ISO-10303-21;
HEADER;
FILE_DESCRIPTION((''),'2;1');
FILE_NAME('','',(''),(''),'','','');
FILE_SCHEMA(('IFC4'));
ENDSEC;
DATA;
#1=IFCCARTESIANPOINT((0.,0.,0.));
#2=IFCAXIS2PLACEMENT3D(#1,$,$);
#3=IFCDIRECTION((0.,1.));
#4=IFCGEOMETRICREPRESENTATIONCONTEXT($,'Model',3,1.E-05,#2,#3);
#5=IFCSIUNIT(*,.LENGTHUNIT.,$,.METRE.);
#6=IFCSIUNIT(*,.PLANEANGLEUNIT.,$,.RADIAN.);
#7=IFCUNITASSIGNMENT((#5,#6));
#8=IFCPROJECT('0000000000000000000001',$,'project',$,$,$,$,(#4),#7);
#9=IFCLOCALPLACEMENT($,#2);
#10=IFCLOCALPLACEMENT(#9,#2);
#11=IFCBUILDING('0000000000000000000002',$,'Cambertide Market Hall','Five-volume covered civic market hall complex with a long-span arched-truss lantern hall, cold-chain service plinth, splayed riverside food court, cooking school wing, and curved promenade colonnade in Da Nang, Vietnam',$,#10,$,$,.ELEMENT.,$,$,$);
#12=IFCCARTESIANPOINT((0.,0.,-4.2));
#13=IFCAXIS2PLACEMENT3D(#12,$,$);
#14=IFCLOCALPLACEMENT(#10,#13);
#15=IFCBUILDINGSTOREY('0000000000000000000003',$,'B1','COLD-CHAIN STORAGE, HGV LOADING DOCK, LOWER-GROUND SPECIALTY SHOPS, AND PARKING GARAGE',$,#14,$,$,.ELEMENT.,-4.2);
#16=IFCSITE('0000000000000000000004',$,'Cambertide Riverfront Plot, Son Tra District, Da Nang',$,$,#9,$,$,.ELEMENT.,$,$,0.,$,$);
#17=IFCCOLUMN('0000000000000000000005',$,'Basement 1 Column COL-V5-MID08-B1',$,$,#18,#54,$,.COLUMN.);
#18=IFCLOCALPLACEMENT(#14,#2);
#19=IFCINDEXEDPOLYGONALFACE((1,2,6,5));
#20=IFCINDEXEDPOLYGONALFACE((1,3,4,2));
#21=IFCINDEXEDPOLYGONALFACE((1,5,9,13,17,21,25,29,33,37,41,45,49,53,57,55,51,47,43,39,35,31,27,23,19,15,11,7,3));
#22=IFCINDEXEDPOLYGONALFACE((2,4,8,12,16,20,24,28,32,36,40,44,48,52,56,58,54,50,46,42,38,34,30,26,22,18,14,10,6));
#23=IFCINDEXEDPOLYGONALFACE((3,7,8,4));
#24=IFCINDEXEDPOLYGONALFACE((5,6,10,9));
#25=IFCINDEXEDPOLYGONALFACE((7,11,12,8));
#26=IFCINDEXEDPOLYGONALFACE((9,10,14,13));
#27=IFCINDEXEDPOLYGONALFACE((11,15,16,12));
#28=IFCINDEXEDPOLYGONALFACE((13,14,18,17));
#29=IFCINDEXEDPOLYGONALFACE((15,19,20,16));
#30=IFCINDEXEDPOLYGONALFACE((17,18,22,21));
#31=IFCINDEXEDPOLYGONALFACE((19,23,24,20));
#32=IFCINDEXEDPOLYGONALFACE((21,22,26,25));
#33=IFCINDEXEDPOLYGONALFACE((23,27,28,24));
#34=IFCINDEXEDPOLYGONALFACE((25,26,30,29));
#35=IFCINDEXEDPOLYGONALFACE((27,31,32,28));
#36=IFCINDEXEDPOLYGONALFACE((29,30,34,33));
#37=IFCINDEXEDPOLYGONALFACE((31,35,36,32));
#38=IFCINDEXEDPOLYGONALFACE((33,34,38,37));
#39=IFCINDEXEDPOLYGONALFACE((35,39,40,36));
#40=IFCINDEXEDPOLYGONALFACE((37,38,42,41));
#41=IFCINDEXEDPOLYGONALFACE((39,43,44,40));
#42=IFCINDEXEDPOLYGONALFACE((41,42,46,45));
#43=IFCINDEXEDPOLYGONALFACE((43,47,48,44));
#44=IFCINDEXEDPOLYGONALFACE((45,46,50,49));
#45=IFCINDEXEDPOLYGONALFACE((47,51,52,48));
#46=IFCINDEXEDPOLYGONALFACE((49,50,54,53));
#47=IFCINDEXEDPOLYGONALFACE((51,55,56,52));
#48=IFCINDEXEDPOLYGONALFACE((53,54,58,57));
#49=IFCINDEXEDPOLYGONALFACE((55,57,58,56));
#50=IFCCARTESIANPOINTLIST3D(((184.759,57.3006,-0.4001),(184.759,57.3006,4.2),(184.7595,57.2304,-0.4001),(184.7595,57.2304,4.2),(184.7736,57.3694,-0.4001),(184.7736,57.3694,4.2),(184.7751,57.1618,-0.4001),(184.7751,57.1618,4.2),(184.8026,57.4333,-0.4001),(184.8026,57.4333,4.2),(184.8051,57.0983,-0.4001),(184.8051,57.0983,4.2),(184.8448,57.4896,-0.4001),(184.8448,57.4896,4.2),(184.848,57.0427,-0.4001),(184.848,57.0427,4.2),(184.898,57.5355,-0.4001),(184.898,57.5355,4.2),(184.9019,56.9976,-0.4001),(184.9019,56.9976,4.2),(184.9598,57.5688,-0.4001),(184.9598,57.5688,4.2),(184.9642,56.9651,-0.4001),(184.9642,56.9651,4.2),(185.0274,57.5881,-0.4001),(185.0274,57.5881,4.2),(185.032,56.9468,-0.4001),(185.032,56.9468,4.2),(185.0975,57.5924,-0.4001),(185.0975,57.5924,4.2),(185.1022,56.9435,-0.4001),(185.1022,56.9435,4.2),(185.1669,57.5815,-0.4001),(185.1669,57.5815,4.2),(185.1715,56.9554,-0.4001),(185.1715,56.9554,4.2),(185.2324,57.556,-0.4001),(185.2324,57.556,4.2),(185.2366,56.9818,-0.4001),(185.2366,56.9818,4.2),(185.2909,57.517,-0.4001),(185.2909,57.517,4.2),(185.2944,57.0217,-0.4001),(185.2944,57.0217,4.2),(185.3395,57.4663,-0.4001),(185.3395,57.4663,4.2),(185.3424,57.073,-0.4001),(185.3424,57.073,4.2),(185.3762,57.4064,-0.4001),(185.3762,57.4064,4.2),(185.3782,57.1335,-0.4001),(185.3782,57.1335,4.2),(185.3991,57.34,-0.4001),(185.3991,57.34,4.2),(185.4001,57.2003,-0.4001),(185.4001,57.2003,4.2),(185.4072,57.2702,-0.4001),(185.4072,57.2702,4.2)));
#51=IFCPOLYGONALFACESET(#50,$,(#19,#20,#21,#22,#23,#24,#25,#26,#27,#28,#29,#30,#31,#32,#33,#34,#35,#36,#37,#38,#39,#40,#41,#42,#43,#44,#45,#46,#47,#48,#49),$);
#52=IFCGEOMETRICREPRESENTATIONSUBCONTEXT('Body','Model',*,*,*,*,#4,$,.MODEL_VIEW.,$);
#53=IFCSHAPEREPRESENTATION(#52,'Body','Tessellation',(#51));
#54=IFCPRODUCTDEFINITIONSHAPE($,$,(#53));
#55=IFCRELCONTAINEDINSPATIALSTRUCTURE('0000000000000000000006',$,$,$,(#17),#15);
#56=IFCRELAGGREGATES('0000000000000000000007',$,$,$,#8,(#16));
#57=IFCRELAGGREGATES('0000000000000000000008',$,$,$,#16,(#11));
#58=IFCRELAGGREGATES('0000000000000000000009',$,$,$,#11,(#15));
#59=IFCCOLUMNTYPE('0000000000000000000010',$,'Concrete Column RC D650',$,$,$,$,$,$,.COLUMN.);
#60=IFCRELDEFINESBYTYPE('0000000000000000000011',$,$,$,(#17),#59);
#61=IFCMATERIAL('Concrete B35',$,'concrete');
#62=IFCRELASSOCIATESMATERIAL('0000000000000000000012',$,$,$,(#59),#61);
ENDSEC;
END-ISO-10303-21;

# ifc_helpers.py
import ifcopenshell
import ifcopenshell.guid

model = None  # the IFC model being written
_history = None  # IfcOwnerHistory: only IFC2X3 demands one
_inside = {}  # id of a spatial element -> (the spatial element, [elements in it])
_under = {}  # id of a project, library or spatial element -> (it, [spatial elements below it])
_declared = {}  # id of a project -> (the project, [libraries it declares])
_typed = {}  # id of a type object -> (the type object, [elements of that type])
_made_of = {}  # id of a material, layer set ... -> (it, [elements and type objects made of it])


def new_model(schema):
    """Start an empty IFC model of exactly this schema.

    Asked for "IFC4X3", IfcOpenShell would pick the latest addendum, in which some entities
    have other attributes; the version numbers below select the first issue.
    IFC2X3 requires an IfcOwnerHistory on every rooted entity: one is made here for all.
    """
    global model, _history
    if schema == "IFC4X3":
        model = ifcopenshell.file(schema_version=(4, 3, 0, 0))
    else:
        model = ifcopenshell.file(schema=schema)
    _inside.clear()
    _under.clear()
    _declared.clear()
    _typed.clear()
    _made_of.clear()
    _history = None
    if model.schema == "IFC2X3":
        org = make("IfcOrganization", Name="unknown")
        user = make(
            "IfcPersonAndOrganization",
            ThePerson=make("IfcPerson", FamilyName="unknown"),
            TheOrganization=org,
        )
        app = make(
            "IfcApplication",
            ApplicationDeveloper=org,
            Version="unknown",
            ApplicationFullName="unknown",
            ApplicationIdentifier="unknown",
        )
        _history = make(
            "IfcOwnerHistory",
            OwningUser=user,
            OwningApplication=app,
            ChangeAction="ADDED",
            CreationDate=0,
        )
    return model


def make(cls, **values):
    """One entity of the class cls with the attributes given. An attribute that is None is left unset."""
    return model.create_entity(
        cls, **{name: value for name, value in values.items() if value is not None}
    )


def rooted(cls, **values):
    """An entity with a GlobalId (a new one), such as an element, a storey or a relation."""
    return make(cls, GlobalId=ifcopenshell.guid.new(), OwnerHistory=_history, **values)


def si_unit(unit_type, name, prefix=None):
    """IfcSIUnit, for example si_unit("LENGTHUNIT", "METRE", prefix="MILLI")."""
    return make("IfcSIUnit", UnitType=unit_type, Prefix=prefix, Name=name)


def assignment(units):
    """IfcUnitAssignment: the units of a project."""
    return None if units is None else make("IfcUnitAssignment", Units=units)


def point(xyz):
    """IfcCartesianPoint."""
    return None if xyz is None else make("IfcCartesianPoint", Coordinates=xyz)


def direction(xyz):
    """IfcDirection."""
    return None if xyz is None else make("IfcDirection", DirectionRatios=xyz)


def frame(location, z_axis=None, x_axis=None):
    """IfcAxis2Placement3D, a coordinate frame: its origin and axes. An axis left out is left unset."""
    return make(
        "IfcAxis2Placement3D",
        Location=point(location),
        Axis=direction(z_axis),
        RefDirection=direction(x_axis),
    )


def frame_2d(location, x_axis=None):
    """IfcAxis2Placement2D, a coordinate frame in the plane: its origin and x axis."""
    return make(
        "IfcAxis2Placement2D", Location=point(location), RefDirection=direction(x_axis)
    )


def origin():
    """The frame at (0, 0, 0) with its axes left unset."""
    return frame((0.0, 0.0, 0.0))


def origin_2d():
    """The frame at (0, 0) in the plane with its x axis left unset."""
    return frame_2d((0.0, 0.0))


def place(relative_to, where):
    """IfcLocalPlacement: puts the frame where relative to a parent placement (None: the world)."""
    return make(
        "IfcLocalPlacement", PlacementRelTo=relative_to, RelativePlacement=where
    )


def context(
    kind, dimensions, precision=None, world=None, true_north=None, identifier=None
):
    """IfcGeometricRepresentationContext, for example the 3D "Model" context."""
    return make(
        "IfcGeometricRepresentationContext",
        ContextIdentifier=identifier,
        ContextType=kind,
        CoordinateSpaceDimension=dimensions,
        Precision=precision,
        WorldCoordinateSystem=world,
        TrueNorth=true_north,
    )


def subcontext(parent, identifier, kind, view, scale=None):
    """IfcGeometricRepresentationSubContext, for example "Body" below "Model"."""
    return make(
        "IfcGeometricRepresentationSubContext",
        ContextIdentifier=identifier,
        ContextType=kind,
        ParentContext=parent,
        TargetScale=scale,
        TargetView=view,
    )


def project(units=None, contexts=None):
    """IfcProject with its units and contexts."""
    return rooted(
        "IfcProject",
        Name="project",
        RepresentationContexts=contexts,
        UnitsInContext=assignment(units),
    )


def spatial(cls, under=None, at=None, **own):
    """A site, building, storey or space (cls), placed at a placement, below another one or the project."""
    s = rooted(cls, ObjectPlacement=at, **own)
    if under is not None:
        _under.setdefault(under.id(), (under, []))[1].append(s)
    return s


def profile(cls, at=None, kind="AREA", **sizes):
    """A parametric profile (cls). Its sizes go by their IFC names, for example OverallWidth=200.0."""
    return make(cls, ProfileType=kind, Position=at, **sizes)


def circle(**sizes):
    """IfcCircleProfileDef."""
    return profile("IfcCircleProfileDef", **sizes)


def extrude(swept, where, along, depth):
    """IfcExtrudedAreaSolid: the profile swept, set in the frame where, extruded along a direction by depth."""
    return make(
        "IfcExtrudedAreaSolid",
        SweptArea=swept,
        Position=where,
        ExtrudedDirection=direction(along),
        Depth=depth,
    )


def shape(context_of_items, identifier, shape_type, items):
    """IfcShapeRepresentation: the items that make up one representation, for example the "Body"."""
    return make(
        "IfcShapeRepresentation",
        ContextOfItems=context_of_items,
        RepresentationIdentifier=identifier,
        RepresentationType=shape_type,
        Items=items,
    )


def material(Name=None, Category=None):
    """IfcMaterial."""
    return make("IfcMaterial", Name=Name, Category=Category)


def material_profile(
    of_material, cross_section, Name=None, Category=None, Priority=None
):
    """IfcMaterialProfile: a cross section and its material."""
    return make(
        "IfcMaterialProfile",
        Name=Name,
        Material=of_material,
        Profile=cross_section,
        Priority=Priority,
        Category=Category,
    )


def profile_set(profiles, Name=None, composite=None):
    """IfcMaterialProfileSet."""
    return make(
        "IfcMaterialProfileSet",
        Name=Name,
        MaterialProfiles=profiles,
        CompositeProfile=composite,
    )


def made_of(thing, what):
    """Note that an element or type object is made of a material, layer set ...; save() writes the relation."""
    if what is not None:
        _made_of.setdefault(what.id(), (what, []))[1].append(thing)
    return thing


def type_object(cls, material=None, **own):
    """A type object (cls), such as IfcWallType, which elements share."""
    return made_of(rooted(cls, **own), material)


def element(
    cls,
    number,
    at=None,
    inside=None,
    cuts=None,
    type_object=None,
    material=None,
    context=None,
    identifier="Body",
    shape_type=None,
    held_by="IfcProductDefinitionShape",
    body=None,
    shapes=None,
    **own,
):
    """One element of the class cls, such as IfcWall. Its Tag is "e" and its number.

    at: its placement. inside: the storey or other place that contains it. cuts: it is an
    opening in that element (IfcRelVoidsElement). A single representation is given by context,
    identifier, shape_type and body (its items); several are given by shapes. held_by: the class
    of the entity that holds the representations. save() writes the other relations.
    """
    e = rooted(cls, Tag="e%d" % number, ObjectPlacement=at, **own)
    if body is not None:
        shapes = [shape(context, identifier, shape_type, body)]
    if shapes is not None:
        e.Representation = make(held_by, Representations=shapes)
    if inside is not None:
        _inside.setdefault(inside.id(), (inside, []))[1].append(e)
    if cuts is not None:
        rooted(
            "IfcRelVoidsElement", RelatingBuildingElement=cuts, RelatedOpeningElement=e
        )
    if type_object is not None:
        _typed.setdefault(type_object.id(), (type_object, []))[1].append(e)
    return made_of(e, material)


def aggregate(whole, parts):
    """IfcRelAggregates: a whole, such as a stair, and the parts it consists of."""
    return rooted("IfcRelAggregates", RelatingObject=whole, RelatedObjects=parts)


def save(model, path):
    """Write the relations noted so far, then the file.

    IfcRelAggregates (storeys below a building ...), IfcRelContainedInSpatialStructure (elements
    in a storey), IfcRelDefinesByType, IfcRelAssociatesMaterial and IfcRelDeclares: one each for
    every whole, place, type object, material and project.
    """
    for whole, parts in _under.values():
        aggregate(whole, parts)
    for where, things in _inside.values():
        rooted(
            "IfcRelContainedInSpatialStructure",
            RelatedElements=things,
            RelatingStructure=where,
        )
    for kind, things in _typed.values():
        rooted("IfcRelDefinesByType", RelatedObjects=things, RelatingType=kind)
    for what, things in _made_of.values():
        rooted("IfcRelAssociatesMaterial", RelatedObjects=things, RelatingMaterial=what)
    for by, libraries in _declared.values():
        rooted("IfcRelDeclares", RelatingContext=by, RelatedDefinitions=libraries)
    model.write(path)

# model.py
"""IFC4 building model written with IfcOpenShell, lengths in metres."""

from ifc_helpers import new_model, si_unit, direction, frame, origin, origin_2d, place, context, subcontext, project, spatial, circle, extrude, material, material_profile, profile_set, type_object, element, save


model = new_model("IFC4")

# Units and contexts
model_context = context("Model", 3, precision=1e-05, world=origin(), true_north=direction((0.0, 1.0)))
body_context = subcontext(model_context, "Body", "Model", "MODEL_VIEW")
ifc_project = project(units=[si_unit("LENGTHUNIT", "METRE"), si_unit("PLANEANGLEUNIT", "RADIAN")], contexts=[model_context])

# Site, building, storey
site_placement = place(None, origin())
site = spatial("IfcSite", under=ifc_project, at=site_placement, Name="Cambertide Riverfront Plot, Son Tra District, Da Nang", CompositionType="ELEMENT", RefElevation=0.0)
building_placement = place(site_placement, origin())
building = spatial("IfcBuilding", under=site, at=building_placement, Name="Cambertide Market Hall", Description="Five-volume covered civic market hall complex with a long-span arched-truss lantern hall, cold-chain service plinth, splayed riverside food court, cooking school wing, and curved promenade colonnade in Da Nang, Vietnam", CompositionType="ELEMENT")
storey_placement = place(building_placement, frame((0.0, 0.0, -4.2)))
storey = spatial("IfcBuildingStorey", under=building, at=storey_placement, Name="B1", Description="COLD-CHAIN STORAGE, HGV LOADING DOCK, LOWER-GROUND SPECIALTY SHOPS, AND PARKING GARAGE", CompositionType="ELEMENT", Elevation=-4.2)

# Column
ifc_material_1 = material(Name="Concrete B35", Category="concrete")
ifc_material_profile_1 = material_profile(ifc_material_1, circle(Radius=0.325, at=origin_2d()), Name="RC D650")
ifc_profile_set_1 = profile_set([ifc_material_profile_1], Name="Concrete B35")
column_type = type_object("IfcColumnType", Name="Concrete Column RC D650", PredefinedType="COLUMN", material=ifc_profile_set_1)
for number, where, z_axis, x_axis, name in (
    (1, (185.0823, 57.2678, -0.4001), (0.0, 0.0, 1.0), (0.978148, -0.207912, 0.0), "Basement 1 Column COL-V5-MID08-B1"),
):
    element("IfcColumn", number, at=place(storey_placement, frame(where, z_axis=z_axis, x_axis=x_axis)), inside=storey, type_object=column_type, Name=name, PredefinedType="COLUMN", context=body_context, shape_type="SweptSolid", body=[
        extrude(circle(Radius=0.325, at=origin_2d()), origin(), (0.0, 0.0, 1.0), 4.6001),
    ])

save(model, "model.ifc")
